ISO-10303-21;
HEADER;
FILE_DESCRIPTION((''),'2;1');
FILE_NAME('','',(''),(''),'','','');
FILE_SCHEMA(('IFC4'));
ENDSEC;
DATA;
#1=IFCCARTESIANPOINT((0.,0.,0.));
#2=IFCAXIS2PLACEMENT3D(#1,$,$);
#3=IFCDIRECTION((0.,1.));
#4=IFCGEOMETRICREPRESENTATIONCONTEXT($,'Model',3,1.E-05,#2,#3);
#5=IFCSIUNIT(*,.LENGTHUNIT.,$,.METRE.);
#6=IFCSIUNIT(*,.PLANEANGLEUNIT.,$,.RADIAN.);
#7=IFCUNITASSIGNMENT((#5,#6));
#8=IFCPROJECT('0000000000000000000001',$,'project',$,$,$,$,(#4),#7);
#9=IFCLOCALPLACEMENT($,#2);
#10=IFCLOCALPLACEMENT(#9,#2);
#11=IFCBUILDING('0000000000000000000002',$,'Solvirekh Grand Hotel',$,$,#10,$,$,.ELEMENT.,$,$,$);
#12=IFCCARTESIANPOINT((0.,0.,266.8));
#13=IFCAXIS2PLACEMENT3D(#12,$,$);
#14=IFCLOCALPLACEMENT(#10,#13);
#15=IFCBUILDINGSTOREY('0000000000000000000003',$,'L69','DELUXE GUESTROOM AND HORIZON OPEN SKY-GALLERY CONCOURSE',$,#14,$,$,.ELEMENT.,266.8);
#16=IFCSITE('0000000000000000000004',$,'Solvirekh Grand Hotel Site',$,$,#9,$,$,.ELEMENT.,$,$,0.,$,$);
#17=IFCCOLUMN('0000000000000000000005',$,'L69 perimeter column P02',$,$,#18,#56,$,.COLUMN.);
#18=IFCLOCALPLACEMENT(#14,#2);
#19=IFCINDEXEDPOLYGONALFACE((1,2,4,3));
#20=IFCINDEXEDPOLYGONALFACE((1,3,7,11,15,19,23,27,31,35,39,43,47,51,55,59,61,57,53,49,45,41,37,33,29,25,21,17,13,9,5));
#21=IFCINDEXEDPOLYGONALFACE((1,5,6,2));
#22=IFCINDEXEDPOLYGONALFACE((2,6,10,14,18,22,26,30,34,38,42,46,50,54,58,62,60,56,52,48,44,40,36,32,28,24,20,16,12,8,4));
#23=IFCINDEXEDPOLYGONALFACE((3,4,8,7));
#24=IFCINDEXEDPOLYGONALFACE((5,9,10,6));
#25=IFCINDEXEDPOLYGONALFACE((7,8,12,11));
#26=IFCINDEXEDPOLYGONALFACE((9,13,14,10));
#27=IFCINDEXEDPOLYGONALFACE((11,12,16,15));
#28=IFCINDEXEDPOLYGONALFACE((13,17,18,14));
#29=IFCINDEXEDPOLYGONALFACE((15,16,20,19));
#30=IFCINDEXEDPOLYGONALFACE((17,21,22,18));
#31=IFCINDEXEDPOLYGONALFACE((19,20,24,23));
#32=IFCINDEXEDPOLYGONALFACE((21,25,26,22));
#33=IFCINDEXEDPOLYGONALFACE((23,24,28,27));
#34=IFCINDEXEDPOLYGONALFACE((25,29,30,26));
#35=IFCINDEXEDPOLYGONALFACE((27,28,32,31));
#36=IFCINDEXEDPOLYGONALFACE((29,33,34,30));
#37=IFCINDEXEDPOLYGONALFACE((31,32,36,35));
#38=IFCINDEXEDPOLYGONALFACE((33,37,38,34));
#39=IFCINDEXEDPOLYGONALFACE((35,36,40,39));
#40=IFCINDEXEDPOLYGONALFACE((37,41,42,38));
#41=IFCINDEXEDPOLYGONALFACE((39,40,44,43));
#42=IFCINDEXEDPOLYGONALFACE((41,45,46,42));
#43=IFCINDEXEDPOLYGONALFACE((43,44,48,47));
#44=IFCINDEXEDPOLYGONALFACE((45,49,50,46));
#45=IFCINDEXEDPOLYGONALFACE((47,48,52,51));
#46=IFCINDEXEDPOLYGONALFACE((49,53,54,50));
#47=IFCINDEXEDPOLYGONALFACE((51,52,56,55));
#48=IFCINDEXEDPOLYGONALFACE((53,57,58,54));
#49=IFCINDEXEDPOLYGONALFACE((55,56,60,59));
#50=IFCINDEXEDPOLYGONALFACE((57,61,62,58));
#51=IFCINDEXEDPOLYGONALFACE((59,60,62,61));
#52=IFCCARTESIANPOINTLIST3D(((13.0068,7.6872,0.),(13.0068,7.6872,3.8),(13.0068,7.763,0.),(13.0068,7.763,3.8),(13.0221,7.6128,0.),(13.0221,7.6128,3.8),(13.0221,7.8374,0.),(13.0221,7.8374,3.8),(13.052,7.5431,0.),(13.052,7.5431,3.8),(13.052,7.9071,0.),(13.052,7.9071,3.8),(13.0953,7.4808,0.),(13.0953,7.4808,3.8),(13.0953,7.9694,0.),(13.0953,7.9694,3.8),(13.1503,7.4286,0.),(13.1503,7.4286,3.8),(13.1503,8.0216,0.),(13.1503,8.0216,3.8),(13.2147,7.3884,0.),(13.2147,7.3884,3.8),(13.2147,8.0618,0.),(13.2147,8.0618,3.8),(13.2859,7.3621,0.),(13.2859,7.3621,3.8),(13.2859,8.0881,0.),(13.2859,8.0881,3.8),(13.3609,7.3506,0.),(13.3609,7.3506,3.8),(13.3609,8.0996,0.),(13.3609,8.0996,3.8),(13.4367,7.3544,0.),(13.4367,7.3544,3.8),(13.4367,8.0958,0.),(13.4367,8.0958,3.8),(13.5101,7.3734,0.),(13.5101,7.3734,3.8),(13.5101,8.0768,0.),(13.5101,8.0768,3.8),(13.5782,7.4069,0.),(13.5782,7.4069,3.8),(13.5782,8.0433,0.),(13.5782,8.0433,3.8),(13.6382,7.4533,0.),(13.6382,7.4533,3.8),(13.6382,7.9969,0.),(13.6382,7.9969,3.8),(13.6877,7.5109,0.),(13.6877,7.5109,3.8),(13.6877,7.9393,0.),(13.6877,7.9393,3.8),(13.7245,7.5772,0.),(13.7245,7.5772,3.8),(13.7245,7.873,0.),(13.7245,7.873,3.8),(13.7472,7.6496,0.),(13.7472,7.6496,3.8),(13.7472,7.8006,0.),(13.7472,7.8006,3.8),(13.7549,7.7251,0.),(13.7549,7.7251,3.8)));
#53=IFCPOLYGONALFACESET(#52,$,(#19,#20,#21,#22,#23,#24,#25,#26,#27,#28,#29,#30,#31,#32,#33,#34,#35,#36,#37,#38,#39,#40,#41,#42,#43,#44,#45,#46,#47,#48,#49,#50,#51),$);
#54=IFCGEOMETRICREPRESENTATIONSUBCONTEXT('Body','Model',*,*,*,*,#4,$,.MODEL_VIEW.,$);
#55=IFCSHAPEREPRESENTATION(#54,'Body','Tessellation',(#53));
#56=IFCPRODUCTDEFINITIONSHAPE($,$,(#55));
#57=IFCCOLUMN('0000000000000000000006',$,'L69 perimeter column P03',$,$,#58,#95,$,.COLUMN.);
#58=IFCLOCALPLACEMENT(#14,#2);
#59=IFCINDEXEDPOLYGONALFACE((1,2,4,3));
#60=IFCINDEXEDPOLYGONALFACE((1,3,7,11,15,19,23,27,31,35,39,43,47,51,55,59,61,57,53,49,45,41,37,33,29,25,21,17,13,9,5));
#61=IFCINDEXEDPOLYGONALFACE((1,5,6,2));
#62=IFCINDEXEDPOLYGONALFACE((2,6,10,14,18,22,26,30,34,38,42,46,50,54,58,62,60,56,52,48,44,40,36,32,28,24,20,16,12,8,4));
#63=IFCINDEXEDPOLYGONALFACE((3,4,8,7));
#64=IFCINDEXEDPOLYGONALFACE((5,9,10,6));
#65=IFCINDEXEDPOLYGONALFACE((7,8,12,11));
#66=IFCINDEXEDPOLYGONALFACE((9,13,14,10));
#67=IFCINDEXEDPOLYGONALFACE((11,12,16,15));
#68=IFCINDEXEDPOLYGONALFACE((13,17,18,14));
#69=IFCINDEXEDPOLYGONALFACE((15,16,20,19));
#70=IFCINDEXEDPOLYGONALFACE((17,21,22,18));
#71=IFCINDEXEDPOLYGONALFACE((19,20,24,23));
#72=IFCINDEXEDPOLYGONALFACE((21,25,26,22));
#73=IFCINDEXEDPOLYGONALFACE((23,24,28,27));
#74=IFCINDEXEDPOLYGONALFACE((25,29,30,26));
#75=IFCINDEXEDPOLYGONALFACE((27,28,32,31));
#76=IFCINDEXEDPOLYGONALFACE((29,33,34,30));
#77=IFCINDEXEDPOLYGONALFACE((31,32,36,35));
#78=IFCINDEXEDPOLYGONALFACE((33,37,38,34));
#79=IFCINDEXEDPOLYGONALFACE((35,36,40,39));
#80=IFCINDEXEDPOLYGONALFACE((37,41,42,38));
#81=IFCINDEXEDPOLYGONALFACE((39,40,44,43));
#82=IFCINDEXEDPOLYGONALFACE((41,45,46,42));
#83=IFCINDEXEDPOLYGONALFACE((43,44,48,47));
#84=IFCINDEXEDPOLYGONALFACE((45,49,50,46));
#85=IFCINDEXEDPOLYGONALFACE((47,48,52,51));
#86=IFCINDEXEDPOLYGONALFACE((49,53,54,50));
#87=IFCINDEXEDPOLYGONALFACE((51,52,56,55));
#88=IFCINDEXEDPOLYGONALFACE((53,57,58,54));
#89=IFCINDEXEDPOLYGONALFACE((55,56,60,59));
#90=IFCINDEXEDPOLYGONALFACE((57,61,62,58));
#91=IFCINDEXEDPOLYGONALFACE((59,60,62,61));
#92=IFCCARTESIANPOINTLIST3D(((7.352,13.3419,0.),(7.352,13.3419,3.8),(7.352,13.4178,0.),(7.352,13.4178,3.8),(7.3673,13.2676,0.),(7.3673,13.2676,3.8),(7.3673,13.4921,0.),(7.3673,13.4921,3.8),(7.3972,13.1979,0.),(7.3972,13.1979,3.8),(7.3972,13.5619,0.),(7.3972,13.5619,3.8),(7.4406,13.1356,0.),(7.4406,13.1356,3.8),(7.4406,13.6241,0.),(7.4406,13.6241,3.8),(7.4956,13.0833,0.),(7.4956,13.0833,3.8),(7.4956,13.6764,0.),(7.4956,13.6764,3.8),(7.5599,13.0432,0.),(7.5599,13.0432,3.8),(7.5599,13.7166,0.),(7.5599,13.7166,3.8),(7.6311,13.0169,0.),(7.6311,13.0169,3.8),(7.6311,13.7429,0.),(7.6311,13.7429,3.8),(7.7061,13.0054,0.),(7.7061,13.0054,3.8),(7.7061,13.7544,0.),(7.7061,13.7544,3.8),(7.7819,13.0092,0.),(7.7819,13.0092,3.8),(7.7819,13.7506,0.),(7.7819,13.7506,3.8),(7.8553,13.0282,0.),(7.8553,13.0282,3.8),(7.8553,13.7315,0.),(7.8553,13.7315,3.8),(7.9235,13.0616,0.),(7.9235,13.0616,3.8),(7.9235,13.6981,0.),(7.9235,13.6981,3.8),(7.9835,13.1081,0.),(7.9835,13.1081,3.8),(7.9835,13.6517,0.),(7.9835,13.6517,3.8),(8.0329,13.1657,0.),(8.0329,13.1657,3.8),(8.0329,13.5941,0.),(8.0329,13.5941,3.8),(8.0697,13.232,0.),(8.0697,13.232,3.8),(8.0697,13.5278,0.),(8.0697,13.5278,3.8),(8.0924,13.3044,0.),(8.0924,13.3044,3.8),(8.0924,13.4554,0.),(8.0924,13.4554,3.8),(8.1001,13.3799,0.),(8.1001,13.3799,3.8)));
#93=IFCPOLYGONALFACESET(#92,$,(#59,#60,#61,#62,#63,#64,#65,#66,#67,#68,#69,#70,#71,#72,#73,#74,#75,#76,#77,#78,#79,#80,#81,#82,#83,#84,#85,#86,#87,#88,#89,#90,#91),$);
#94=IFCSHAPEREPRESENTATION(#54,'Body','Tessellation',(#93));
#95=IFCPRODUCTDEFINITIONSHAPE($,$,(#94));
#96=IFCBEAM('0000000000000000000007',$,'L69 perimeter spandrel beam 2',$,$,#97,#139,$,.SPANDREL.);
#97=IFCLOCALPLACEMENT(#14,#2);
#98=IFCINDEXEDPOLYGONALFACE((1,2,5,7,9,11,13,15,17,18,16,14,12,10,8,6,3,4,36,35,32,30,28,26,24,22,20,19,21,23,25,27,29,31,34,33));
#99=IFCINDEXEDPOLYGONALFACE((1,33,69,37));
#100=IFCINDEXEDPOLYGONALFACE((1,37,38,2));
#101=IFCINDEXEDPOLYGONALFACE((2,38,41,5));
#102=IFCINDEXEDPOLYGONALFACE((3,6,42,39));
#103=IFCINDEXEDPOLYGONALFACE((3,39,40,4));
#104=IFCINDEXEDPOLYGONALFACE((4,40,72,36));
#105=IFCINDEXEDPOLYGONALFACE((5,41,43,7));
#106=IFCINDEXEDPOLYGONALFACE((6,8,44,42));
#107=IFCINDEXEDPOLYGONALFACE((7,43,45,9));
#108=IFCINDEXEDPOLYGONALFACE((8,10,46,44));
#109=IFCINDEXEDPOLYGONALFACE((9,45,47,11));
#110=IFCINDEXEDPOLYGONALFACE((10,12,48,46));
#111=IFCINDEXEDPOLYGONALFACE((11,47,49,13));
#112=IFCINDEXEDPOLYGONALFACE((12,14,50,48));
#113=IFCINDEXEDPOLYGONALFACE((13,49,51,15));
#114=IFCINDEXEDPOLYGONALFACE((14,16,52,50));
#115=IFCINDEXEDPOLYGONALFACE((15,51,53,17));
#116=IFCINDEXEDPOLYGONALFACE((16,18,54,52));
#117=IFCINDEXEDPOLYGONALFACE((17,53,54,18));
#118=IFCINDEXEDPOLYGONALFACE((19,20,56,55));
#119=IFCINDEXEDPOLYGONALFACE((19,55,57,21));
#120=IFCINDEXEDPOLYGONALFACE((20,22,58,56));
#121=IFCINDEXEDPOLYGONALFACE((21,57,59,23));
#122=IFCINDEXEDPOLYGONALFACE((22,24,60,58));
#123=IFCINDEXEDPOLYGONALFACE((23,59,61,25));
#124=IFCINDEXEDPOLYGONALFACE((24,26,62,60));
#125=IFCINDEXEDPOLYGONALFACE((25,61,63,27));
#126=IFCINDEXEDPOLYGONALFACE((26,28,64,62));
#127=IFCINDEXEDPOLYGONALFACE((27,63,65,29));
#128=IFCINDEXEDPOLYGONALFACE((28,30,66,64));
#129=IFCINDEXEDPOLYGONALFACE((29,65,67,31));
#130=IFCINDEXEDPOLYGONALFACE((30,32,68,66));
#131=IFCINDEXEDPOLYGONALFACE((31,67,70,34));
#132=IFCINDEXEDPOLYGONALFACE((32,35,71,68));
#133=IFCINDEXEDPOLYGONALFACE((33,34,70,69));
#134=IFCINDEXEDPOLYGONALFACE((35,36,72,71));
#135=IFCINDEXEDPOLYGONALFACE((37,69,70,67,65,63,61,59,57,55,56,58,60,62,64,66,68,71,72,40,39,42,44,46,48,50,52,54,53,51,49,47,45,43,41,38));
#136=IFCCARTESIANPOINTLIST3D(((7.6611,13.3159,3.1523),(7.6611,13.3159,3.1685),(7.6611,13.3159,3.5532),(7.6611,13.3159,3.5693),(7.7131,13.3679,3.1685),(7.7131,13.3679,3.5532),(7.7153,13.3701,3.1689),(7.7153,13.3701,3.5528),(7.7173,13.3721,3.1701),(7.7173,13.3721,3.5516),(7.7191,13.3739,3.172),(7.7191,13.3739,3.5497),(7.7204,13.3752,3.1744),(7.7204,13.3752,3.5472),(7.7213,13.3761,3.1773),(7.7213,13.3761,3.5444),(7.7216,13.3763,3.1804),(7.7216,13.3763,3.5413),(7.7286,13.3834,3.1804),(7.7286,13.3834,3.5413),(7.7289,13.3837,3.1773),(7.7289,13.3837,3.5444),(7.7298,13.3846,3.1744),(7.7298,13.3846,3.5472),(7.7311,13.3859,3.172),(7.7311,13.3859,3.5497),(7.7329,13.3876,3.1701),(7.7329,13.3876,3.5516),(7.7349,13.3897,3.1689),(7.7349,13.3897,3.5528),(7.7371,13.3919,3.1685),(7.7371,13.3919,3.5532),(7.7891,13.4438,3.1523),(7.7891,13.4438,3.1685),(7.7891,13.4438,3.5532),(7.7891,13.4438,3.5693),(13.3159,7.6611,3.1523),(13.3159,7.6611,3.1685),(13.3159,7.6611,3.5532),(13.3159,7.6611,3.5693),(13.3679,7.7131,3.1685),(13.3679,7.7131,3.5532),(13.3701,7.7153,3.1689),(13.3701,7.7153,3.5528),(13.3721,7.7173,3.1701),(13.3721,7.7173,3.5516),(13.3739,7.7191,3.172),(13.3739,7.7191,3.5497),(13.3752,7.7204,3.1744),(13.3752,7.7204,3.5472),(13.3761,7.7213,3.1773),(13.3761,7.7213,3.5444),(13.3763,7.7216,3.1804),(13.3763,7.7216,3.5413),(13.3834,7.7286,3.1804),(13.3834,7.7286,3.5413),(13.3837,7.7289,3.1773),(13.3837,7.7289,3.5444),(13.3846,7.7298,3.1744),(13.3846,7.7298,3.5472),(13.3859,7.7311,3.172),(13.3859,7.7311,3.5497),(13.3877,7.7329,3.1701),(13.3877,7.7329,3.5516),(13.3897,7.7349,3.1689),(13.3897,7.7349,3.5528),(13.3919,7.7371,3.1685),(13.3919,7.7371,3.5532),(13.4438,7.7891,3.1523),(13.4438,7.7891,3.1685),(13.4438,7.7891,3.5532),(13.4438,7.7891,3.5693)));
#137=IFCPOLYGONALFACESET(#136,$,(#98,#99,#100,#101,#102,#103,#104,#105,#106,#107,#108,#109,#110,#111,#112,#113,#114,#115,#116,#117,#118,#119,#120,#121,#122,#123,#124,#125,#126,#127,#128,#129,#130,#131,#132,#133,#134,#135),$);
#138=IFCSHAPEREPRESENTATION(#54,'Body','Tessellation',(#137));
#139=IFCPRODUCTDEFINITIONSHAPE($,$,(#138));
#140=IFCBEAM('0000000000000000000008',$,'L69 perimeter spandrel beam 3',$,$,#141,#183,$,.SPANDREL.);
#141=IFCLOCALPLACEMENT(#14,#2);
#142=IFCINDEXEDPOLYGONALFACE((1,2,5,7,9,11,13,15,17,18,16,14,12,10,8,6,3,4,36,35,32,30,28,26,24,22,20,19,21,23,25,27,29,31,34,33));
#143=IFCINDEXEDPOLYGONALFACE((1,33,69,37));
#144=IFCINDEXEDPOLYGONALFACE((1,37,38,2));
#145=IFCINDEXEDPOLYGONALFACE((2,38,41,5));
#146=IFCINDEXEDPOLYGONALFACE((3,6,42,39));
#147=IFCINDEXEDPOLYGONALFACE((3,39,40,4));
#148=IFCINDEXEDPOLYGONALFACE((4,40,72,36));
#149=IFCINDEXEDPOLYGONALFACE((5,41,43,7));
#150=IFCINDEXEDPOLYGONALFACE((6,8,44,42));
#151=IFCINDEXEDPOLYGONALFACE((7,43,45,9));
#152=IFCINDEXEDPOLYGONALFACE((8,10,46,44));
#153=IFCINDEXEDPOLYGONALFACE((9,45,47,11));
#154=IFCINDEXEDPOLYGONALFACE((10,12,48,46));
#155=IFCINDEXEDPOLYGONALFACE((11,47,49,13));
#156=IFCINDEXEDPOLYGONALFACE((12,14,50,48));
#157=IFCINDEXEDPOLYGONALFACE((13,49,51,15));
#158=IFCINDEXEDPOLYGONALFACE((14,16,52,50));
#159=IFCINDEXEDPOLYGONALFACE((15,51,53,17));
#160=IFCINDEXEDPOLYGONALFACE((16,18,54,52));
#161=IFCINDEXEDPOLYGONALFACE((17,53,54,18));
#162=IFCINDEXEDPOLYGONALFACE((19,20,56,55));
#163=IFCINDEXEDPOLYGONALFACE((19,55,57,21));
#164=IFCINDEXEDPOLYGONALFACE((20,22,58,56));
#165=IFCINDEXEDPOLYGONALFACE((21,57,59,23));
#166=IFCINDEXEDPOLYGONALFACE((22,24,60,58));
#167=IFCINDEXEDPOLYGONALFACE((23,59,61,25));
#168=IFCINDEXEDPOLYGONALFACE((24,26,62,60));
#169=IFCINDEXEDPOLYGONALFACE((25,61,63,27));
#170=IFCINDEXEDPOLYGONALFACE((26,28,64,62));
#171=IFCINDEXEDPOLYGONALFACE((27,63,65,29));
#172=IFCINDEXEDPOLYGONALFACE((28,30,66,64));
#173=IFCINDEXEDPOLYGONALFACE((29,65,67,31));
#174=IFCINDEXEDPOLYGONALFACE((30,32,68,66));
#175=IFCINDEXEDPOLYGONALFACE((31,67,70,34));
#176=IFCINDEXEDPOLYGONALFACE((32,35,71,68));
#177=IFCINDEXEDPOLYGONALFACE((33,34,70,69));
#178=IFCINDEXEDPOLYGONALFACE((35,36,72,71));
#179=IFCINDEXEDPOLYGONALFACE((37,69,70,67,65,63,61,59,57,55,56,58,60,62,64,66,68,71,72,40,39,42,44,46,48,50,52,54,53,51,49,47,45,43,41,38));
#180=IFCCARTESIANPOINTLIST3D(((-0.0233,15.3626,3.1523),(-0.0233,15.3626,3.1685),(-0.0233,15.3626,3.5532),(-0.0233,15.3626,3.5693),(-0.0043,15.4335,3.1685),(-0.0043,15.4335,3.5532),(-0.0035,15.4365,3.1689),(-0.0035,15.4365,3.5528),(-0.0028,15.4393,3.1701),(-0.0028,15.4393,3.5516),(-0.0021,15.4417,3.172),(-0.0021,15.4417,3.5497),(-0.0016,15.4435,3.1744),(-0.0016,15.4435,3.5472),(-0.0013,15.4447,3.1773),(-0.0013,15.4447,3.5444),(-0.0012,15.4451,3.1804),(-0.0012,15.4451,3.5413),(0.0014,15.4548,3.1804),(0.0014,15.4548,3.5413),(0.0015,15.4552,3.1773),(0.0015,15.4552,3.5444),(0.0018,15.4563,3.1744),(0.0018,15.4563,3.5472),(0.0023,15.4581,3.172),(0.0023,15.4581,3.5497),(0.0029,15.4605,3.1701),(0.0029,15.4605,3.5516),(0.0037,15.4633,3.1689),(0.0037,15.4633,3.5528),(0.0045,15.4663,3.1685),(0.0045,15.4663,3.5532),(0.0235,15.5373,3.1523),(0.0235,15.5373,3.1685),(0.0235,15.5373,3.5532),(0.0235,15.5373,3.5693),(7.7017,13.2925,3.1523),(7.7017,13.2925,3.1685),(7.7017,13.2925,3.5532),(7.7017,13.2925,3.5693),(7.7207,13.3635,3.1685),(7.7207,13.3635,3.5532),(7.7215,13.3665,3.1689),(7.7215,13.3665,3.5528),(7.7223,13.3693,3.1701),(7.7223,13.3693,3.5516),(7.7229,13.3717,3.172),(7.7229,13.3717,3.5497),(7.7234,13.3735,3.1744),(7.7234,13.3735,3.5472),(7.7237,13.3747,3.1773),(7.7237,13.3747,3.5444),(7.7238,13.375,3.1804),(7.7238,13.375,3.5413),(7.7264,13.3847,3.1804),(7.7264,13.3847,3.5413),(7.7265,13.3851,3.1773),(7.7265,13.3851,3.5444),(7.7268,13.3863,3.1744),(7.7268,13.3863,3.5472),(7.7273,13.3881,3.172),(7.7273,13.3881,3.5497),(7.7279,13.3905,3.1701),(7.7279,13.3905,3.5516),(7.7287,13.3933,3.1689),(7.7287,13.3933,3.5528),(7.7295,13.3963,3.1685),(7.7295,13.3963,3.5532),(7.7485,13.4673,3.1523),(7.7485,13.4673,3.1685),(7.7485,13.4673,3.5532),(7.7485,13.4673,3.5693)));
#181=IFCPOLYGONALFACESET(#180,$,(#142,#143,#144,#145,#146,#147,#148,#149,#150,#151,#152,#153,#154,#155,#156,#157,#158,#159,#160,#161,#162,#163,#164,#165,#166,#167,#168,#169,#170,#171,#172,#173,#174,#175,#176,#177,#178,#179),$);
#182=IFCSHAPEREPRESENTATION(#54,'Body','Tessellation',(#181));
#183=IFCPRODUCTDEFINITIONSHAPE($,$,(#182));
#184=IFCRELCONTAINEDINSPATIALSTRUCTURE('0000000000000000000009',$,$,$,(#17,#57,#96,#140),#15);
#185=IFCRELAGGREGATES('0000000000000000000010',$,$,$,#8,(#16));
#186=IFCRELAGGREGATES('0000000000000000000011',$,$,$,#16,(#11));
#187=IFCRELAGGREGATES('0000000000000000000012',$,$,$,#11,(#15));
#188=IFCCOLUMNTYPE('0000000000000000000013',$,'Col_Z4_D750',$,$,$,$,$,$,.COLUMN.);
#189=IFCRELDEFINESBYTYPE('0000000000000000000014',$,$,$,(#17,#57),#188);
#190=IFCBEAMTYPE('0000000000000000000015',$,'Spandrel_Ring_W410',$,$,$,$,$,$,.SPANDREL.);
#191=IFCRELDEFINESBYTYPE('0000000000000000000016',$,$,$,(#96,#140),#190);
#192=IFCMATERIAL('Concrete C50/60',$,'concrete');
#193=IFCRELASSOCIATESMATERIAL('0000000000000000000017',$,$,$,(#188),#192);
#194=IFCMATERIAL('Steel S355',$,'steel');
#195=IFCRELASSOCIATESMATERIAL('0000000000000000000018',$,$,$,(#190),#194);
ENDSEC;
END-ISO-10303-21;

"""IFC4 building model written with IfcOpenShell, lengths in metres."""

from ifc_helpers import new_model, si_unit, direction, frame, origin, origin_2d, place, context, subcontext, project, spatial, circle, i_section, extrude, material, material_profile, profile_set, type_object, element, save


model = new_model("IFC4")

# Units and contexts
model_context = context("Model", 3, precision=1e-05, world=origin(), true_north=direction((0.0, 1.0)))
body_context = subcontext(model_context, "Body", "Model", "MODEL_VIEW")
ifc_project = project(units=[si_unit("LENGTHUNIT", "METRE"), si_unit("PLANEANGLEUNIT", "RADIAN")], contexts=[model_context])

# Site, building, storey
site_placement = place(None, origin())
site = spatial("IfcSite", under=ifc_project, at=site_placement, Name="Solvirekh Grand Hotel Site", CompositionType="ELEMENT", RefElevation=0.0)
building_placement = place(site_placement, origin())
building = spatial("IfcBuilding", under=site, at=building_placement, Name="Solvirekh Grand Hotel", CompositionType="ELEMENT")
storey_placement = place(building_placement, frame((0.0, 0.0, 266.8)))
storey = spatial("IfcBuildingStorey", under=building, at=storey_placement, Name="L69", Description="DELUXE GUESTROOM AND HORIZON OPEN SKY-GALLERY CONCOURSE", CompositionType="ELEMENT", Elevation=266.8)

# Columns
ifc_material_1 = material(Name="Concrete C50/60", Category="concrete")
ifc_material_profile_1 = material_profile(ifc_material_1, circle(Radius=0.375, at=origin_2d()), Name="RC CIRC D750")
ifc_profile_set_1 = profile_set([ifc_material_profile_1], Name="Concrete C50/60")
column_type = type_object("IfcColumnType", Name="Col_Z4_D750", PredefinedType="COLUMN", material=ifc_profile_set_1)
for number, where, z_axis, x_axis, name in (
    (1, (13.3799, 7.7251, 0.0), (0.0, 0.0, 1.0), (1.0, 0.0, 0.0), "L69 perimeter column P02"),
    (2, (7.7251, 13.3799, 0.0), (0.0, 0.0, 1.0), (1.0, 0.0, 0.0), "L69 perimeter column P03"),
):
    element("IfcColumn", number, at=place(storey_placement, frame(where, z_axis=z_axis, x_axis=x_axis)), inside=storey, type_object=column_type, Name=name, PredefinedType="COLUMN", context=body_context, shape_type="SweptSolid", body=[
        extrude(circle(Radius=0.375, at=origin_2d()), origin(), (0.0, 0.0, 1.0), 3.8),
    ])

# Beams
ifc_material_2 = material(Name="Steel S355", Category="steel")
ifc_material_profile_2 = material_profile(ifc_material_2, i_section(OverallWidth=0.1809, OverallDepth=0.417, WebThickness=0.01, FlangeThickness=0.0161, FilletRadius=0.012, at=origin_2d()), Name="W410X85")
ifc_profile_set_2 = profile_set([ifc_material_profile_2], Name="Steel S355")
beam_type = type_object("IfcBeamType", Name="Spandrel_Ring_W410", PredefinedType="SPANDREL", material=ifc_profile_set_2)
beam_1_placement = place(storey_placement, frame((13.3799, 7.7251, 3.3608), z_axis=(-0.707107, 0.707107, 0.0), x_axis=(-0.707107, -0.707107, 0.0)))
element("IfcBeam", 3, at=beam_1_placement, inside=storey, type_object=beam_type, Name="L69 perimeter spandrel beam 2", PredefinedType="SPANDREL", context=body_context, shape_type="SweptSolid", body=[
    extrude(i_section(OverallWidth=0.1809, OverallDepth=0.417, WebThickness=0.01, FlangeThickness=0.0161, FilletRadius=0.012, at=origin_2d()), origin(), (0.0, 0.0, 1.0), 7.9971),
])
beam_2_placement = place(storey_placement, frame((7.7251, 13.3799, 3.3608), z_axis=(-0.965922, 0.258835, 0.0), x_axis=(-0.258835, -0.965922, 0.0)))
element("IfcBeam", 4, at=beam_2_placement, inside=storey, type_object=beam_type, Name="L69 perimeter spandrel beam 3", PredefinedType="SPANDREL", context=body_context, shape_type="SweptSolid", body=[
    extrude(i_section(OverallWidth=0.1809, OverallDepth=0.417, WebThickness=0.01, FlangeThickness=0.0161, FilletRadius=0.012, at=origin_2d()), origin(), (0.0, 0.0, 1.0), 7.9976),
])

save(model, "model.ifc")
